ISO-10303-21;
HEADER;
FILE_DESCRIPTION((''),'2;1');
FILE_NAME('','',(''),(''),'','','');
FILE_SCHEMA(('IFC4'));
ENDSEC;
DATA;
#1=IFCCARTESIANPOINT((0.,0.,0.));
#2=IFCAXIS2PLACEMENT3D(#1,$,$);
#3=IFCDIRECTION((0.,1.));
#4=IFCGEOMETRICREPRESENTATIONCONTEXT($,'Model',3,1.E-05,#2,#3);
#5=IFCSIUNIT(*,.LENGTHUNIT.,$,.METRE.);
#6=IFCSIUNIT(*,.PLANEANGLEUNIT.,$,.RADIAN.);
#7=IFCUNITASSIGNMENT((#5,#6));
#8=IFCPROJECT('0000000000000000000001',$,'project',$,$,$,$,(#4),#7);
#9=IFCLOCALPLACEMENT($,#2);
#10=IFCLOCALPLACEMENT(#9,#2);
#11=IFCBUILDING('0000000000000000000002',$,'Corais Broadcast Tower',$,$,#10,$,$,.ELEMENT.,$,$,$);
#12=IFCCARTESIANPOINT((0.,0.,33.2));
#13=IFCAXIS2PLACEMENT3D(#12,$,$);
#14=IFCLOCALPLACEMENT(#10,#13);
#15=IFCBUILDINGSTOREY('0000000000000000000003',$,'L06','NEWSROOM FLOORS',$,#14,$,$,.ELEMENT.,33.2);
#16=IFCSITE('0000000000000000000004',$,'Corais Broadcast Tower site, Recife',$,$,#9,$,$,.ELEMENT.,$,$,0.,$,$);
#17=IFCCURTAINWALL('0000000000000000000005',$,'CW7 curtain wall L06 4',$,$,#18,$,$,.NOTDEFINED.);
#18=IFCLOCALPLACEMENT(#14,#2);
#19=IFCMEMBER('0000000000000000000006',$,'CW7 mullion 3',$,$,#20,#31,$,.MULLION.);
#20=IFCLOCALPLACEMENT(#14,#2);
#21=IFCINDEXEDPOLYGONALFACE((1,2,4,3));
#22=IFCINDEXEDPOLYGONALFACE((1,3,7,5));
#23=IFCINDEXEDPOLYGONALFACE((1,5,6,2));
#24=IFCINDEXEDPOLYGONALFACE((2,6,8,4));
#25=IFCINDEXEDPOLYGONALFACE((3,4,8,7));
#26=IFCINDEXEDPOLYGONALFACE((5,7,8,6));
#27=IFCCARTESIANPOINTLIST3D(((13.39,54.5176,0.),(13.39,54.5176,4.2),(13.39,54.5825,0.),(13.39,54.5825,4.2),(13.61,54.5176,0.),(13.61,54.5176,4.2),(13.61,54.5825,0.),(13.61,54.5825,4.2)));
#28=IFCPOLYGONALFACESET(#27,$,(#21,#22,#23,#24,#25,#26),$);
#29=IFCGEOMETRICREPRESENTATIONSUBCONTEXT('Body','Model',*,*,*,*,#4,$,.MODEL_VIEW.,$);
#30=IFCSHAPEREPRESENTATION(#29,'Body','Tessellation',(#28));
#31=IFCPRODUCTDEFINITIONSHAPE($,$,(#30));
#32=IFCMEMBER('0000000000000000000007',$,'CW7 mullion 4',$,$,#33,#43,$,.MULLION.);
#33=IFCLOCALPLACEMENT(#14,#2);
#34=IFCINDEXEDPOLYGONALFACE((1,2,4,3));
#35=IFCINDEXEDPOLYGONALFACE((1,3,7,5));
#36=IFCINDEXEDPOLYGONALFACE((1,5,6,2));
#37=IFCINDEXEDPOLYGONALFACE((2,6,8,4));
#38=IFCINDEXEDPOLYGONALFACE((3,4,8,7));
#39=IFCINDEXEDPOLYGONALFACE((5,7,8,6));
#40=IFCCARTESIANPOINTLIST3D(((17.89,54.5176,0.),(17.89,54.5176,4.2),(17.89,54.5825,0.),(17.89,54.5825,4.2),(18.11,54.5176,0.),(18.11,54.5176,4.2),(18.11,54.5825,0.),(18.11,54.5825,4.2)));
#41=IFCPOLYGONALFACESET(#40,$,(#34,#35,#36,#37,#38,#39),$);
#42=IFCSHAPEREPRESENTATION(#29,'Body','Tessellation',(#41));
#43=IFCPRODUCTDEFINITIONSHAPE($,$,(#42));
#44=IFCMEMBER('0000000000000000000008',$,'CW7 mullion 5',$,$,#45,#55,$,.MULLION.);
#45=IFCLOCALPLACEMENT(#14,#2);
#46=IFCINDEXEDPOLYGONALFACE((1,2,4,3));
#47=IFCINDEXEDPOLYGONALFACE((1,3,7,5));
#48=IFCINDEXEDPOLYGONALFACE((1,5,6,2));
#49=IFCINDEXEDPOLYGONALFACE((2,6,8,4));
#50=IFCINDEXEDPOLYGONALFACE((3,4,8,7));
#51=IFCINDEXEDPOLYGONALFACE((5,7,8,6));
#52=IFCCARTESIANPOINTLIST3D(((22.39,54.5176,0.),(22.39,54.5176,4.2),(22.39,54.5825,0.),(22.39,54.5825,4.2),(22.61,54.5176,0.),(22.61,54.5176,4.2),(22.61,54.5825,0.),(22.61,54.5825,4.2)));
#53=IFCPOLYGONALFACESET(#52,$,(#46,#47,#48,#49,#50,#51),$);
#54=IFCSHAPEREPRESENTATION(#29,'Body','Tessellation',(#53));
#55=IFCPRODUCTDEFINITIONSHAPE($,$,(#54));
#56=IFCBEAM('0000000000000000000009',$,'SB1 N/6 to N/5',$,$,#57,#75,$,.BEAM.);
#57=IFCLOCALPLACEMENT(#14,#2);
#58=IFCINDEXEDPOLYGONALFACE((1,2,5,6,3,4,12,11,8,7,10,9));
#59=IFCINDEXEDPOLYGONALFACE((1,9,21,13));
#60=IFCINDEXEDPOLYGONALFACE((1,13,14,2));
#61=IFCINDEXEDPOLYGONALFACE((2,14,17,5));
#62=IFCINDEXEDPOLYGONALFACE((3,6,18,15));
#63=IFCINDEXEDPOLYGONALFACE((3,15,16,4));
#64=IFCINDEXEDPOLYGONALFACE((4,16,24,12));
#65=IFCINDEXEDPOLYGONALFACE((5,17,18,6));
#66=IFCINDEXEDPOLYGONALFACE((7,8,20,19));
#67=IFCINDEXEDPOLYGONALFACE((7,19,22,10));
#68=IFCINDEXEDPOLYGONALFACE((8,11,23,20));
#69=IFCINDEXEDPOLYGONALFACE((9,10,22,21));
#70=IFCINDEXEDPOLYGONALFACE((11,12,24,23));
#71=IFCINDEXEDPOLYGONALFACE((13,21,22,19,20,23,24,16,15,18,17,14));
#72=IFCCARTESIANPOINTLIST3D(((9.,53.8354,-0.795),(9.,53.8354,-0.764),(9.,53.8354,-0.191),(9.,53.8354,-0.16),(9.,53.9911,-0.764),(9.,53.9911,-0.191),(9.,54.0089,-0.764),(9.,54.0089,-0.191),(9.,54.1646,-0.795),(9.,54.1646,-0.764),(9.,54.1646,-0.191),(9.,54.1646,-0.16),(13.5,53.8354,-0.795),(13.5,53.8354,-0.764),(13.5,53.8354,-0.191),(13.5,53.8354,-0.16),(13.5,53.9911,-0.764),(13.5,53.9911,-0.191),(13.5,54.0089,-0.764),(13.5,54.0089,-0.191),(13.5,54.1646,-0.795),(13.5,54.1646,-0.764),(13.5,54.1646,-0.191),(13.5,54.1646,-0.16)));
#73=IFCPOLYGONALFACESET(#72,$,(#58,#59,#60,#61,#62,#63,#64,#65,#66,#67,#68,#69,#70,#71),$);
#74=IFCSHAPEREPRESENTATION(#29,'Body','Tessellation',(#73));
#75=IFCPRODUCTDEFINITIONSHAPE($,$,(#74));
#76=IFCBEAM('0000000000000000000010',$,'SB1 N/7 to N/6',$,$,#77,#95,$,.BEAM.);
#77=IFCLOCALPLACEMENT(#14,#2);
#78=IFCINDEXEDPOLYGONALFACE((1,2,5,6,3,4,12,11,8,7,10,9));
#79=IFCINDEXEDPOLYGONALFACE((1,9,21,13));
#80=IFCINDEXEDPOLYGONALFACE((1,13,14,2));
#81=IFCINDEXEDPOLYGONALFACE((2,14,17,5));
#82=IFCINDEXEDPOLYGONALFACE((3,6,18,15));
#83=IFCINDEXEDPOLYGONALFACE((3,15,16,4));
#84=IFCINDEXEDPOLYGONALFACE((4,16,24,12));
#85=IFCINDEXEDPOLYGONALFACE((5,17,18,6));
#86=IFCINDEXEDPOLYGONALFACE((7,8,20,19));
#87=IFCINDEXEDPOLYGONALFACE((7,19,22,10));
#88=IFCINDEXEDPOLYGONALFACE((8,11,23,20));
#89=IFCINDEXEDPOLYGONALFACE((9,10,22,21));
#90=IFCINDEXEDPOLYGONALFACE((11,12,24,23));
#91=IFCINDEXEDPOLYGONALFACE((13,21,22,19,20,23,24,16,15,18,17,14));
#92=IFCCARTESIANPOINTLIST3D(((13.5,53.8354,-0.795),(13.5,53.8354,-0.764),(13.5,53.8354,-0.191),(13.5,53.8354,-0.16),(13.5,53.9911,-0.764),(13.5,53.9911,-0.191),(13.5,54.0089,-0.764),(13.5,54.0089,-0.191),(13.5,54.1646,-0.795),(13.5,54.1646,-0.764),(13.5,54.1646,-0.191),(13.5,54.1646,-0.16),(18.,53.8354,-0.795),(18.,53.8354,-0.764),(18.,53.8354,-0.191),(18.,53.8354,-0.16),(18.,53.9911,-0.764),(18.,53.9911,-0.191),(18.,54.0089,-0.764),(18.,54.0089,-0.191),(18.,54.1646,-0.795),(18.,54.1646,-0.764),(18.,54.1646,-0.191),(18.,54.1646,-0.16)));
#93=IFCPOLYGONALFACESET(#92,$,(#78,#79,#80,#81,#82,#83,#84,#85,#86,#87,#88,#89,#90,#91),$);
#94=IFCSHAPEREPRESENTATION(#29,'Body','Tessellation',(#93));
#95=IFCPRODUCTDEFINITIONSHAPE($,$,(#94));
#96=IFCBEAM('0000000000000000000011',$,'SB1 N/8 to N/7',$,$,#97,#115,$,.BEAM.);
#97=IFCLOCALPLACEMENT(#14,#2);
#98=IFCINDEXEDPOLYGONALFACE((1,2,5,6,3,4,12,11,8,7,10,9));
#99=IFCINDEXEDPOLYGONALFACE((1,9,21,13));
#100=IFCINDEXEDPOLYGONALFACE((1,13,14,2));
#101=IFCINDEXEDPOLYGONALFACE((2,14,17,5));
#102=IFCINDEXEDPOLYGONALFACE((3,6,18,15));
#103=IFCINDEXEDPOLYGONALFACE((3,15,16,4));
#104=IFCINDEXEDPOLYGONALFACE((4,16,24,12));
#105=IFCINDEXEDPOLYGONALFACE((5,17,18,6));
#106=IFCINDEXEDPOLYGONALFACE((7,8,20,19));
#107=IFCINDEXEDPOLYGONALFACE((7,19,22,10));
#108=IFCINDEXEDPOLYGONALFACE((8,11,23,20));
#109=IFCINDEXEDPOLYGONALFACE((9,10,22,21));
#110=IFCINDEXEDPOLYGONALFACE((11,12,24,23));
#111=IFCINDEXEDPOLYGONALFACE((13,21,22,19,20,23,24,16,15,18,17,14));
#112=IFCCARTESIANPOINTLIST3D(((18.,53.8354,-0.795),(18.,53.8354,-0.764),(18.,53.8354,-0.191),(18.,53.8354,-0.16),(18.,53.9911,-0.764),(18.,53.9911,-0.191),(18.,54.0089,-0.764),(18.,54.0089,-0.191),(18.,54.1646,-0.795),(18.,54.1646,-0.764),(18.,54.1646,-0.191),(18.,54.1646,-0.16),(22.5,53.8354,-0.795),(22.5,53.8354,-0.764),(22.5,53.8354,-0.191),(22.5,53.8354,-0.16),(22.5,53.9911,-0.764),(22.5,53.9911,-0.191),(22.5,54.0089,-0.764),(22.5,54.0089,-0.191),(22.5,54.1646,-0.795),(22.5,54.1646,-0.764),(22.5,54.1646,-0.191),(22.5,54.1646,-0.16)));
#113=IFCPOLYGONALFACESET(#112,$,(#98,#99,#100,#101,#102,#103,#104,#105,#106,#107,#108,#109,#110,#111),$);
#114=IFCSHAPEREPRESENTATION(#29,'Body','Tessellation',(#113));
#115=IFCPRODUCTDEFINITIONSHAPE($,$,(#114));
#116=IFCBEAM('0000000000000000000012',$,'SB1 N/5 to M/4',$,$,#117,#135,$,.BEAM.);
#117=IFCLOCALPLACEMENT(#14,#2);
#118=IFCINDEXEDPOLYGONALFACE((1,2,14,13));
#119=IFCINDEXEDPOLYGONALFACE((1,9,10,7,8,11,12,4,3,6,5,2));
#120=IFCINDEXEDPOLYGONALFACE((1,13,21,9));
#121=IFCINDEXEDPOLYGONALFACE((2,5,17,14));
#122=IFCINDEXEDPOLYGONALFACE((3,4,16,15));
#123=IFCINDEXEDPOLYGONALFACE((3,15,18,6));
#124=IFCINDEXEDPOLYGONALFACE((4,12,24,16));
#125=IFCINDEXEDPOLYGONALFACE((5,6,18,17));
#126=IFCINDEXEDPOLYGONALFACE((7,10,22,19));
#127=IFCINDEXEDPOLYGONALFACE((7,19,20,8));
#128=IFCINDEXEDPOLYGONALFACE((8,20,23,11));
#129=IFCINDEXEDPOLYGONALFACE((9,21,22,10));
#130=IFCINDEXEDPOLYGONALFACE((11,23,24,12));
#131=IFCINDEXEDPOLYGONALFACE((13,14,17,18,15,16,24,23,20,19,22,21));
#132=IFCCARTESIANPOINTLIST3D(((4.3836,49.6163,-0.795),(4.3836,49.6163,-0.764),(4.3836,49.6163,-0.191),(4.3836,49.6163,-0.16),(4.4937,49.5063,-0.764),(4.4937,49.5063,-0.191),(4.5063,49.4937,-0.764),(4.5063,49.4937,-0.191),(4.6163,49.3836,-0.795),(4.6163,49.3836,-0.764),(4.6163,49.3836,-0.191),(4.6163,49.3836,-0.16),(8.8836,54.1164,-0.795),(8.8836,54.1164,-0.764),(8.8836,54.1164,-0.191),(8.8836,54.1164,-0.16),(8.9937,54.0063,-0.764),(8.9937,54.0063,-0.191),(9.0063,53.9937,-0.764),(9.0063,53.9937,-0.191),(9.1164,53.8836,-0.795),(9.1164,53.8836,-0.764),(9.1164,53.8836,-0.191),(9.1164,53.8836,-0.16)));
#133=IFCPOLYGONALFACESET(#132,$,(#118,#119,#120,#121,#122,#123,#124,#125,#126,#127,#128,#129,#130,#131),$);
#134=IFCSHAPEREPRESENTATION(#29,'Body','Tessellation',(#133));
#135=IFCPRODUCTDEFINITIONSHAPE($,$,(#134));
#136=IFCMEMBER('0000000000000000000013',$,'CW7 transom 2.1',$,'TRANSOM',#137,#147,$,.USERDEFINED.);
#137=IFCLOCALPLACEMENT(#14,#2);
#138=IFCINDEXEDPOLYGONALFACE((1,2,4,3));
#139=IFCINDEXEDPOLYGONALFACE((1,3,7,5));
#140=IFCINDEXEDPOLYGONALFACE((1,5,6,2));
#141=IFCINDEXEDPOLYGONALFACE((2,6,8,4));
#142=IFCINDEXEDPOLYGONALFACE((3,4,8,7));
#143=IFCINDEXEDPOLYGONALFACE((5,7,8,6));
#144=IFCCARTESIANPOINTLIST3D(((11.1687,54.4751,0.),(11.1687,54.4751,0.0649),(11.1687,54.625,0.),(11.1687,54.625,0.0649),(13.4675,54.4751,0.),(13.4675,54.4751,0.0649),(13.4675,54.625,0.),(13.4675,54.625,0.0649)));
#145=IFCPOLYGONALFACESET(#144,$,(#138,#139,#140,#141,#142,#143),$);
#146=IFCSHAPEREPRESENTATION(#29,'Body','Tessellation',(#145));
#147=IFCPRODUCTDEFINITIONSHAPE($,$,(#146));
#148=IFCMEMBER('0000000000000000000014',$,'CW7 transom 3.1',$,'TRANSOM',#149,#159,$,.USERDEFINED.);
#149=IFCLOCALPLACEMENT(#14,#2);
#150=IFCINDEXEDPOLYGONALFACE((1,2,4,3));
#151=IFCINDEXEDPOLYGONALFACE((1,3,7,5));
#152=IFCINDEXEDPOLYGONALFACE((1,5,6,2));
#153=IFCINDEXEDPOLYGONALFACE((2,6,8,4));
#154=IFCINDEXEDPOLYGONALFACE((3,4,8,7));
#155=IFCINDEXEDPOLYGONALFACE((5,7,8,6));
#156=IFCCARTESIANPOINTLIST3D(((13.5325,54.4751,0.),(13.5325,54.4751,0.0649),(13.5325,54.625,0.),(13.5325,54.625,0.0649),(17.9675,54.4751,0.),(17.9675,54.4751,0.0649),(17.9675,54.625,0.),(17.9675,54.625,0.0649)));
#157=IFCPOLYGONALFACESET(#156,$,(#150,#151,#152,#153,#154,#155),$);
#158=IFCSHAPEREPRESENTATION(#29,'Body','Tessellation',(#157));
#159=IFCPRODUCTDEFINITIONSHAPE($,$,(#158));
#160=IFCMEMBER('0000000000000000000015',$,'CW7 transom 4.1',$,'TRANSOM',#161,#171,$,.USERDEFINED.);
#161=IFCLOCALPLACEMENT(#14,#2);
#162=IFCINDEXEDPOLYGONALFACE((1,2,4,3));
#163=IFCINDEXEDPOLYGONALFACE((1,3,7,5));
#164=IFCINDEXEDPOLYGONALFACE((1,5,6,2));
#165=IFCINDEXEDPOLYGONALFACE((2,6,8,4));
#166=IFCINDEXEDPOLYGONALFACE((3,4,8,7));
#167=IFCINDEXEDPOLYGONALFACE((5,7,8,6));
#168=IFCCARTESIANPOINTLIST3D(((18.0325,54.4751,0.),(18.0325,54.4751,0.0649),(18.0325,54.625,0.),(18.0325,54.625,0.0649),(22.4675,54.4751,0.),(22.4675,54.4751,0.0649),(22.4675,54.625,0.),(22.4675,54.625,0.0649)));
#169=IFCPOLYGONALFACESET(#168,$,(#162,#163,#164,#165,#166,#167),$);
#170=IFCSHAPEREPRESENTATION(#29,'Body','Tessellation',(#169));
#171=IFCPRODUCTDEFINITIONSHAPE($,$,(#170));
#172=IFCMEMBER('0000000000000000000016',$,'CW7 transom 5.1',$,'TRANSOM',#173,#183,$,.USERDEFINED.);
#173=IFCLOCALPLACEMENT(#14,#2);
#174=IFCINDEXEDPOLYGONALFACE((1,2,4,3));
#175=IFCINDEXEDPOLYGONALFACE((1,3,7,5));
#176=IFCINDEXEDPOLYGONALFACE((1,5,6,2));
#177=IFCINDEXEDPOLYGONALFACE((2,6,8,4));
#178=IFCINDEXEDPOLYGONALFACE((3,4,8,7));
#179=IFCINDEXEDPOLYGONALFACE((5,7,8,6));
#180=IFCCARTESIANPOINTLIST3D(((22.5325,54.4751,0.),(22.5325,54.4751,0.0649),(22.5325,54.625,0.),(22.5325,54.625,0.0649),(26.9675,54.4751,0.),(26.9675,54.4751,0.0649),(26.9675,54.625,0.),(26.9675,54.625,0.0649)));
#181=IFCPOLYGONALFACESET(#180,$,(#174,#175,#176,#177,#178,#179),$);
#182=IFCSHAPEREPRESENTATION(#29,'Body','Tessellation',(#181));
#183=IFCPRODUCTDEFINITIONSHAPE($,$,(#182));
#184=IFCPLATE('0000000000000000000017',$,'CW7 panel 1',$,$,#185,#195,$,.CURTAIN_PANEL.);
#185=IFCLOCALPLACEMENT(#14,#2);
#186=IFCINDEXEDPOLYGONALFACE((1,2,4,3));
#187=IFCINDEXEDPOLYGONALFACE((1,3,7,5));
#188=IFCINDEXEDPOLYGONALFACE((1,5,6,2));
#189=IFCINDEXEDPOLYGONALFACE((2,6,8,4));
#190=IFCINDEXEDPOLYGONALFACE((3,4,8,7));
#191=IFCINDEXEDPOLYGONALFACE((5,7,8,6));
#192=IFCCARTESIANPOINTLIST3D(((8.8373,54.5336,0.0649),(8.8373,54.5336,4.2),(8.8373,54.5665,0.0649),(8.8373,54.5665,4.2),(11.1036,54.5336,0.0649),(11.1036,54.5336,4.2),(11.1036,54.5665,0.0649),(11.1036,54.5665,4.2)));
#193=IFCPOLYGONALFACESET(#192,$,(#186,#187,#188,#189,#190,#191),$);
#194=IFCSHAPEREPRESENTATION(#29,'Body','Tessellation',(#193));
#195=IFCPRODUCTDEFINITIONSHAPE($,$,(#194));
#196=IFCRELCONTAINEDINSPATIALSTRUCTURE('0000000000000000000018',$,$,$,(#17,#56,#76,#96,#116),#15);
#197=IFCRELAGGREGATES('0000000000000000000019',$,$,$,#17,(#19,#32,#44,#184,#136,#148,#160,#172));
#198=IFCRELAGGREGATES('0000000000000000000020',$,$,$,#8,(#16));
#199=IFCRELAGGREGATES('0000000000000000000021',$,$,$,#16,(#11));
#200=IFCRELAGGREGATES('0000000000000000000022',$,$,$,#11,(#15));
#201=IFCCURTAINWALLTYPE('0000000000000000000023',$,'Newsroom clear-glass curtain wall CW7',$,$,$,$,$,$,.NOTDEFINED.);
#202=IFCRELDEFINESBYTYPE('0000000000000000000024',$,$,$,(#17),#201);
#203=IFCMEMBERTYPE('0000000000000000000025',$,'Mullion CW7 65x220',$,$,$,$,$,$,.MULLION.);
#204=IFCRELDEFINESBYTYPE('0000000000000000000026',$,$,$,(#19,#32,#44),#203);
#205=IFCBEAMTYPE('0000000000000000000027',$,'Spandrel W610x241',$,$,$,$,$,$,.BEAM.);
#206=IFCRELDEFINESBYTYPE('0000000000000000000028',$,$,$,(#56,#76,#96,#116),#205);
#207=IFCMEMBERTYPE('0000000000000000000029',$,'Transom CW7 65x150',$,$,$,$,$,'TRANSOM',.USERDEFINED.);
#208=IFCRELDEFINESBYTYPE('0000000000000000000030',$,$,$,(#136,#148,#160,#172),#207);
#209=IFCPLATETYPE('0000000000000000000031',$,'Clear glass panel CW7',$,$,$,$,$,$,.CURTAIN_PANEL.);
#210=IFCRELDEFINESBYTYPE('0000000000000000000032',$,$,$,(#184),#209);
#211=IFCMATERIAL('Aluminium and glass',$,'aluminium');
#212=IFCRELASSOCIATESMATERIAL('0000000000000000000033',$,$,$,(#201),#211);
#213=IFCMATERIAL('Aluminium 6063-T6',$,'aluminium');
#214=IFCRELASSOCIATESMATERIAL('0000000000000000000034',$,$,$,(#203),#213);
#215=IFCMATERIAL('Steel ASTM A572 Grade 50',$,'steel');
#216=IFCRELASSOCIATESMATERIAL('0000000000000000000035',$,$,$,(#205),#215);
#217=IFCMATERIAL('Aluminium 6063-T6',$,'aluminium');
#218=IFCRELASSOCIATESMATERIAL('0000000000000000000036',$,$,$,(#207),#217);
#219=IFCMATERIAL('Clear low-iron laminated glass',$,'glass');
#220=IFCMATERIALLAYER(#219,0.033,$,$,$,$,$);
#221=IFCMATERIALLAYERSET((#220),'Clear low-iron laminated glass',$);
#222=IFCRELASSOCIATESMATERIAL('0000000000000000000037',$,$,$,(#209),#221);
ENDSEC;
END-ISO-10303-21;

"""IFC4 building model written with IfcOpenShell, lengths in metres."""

from ifc_helpers import new_model, si_unit, direction, frame, origin, origin_2d, place, context, subcontext, project, spatial, rectangle, i_section, extrude, material, layer, layer_set, material_profile, profile_set, type_object, element, aggregate, save


model = new_model("IFC4")

# Units and contexts
model_context = context("Model", 3, precision=1e-05, world=origin(), true_north=direction((0.0, 1.0)))
body_context = subcontext(model_context, "Body", "Model", "MODEL_VIEW")
ifc_project = project(units=[si_unit("LENGTHUNIT", "METRE"), si_unit("PLANEANGLEUNIT", "RADIAN")], contexts=[model_context])

# Site, building, storey
site_placement = place(None, origin())
site = spatial("IfcSite", under=ifc_project, at=site_placement, Name="Corais Broadcast Tower site, Recife", CompositionType="ELEMENT", RefElevation=0.0)
building_placement = place(site_placement, origin())
building = spatial("IfcBuilding", under=site, at=building_placement, Name="Corais Broadcast Tower", CompositionType="ELEMENT")
storey_placement = place(building_placement, frame((0.0, 0.0, 33.2)))
storey = spatial("IfcBuildingStorey", under=building, at=storey_placement, Name="L06", Description="NEWSROOM FLOORS", CompositionType="ELEMENT", Elevation=33.2)

# Curtain wall, members
ifc_material_1 = material(Name="Aluminium and glass", Category="aluminium")
curtain_wall_type = type_object("IfcCurtainWallType", Name="Newsroom clear-glass curtain wall CW7", PredefinedType="NOTDEFINED", material=ifc_material_1)
curtain_wall_placement = place(storey_placement, origin())
curtain_wall = element("IfcCurtainWall", 1, at=curtain_wall_placement, inside=storey, type_object=curtain_wall_type, Name="CW7 curtain wall L06 4", PredefinedType="NOTDEFINED")
ifc_material_2 = material(Name="Aluminium 6063-T6", Category="aluminium")
ifc_material_profile_1 = material_profile(ifc_material_2, rectangle(XDim=0.0649, YDim=0.22, at=origin_2d()), Name="Mullion CW7 65x220")
ifc_profile_set_1 = profile_set([ifc_material_profile_1], Name="Aluminium 6063-T6")
member_type_1 = type_object("IfcMemberType", Name="Mullion CW7 65x220", PredefinedType="MULLION", material=ifc_profile_set_1)
member_1_placement = place(storey_placement, frame((13.5, 54.55, 0.0), z_axis=(0.0, 0.0, 1.0), x_axis=(0.0, 1.0, 0.0)))
member_1 = element("IfcMember", 2, at=member_1_placement, type_object=member_type_1, Name="CW7 mullion 3", PredefinedType="MULLION", context=body_context, shape_type="SweptSolid", body=[
    extrude(rectangle(XDim=0.0649, YDim=0.22, at=origin_2d()), origin(), (0.0, 0.0, 1.0), 4.2),
])
member_2_placement = place(storey_placement, frame((18.0, 54.55, 0.0), z_axis=(0.0, 0.0, 1.0), x_axis=(0.0, 1.0, 0.0)))
member_2 = element("IfcMember", 3, at=member_2_placement, type_object=member_type_1, Name="CW7 mullion 4", PredefinedType="MULLION", context=body_context, shape_type="SweptSolid", body=[
    extrude(rectangle(XDim=0.0649, YDim=0.22, at=origin_2d()), origin(), (0.0, 0.0, 1.0), 4.2),
])
member_3_placement = place(storey_placement, frame((22.5, 54.55, 0.0), z_axis=(0.0, 0.0, 1.0), x_axis=(0.0, 1.0, 0.0)))
member_3 = element("IfcMember", 4, at=member_3_placement, type_object=member_type_1, Name="CW7 mullion 5", PredefinedType="MULLION", context=body_context, shape_type="SweptSolid", body=[
    extrude(rectangle(XDim=0.0649, YDim=0.22, at=origin_2d()), origin(), (0.0, 0.0, 1.0), 4.2),
])

# Beams
ifc_material_3 = material(Name="Steel ASTM A572 Grade 50", Category="steel")
ifc_material_profile_2 = material_profile(ifc_material_3, i_section(OverallWidth=0.3291, OverallDepth=0.635, WebThickness=0.0178, FlangeThickness=0.031, at=origin_2d()), Name="W610x241")
ifc_profile_set_2 = profile_set([ifc_material_profile_2], Name="Steel ASTM A572 Grade 50")
beam_type_1 = type_object("IfcBeamType", Name="Spandrel W610x241", PredefinedType="BEAM", material=ifc_profile_set_2)
for number, where, z_axis, x_axis, name in (
    (5, (13.5, 54.0, -0.4775), (-1.0, 0.0, 0.0), (0.0, -1.0, 0.0), "SB1 N/6 to N/5"),
    (6, (18.0, 54.0, -0.4775), (-1.0, 0.0, 0.0), (0.0, -1.0, 0.0), "SB1 N/7 to N/6"),
    (7, (22.5, 54.0, -0.4775), (-1.0, 0.0, 0.0), (0.0, -1.0, 0.0), "SB1 N/8 to N/7"),
):
    element("IfcBeam", number, at=place(storey_placement, frame(where, z_axis=z_axis, x_axis=x_axis)), inside=storey, type_object=beam_type_1, Name=name, PredefinedType="BEAM", context=body_context, shape_type="SweptSolid", body=[
        extrude(i_section(OverallWidth=0.3291, OverallDepth=0.635, WebThickness=0.0178, FlangeThickness=0.031, at=origin_2d()), origin(), (0.0, 0.0, 1.0), 4.5),
    ])
beam_1_placement = place(storey_placement, frame((9.0, 54.0, -0.4775), z_axis=(-0.707107, -0.707107, 0.0), x_axis=(0.707107, -0.707107, 0.0)))
element("IfcBeam", 8, at=beam_1_placement, inside=storey, type_object=beam_type_1, Name="SB1 N/5 to M/4", PredefinedType="BEAM", context=body_context, shape_type="SweptSolid", body=[
    extrude(i_section(OverallWidth=0.3291, OverallDepth=0.635, WebThickness=0.0178, FlangeThickness=0.031, at=origin_2d()), origin(), (0.0, 0.0, 1.0), 6.364),
])

# Members
ifc_material_4 = material(Name="Aluminium 6063-T6", Category="aluminium")
ifc_material_profile_3 = material_profile(ifc_material_4, rectangle(XDim=0.1499, YDim=0.0649, at=origin_2d()), Name="Transom CW7 65x150")
ifc_profile_set_3 = profile_set([ifc_material_profile_3], Name="Aluminium 6063-T6")
member_type_2 = type_object("IfcMemberType", Name="Transom CW7 65x150", ElementType="TRANSOM", PredefinedType="USERDEFINED", material=ifc_profile_set_3)
member_4_placement = place(storey_placement, frame((11.1687, 54.55, 0.0325), z_axis=(1.0, 0.0, 0.0), x_axis=(0.0, 1.0, 0.0)))
member_4 = element("IfcMember", 9, at=member_4_placement, type_object=member_type_2, Name="CW7 transom 2.1", ObjectType="TRANSOM", PredefinedType="USERDEFINED", context=body_context, shape_type="SweptSolid", body=[
    extrude(rectangle(XDim=0.1499, YDim=0.0649, at=origin_2d()), origin(), (0.0, 0.0, 1.0), 2.2988),
])
member_5_placement = place(storey_placement, frame((13.5325, 54.55, 0.0325), z_axis=(1.0, 0.0, 0.0), x_axis=(0.0, 1.0, 0.0)))
member_5 = element("IfcMember", 10, at=member_5_placement, type_object=member_type_2, Name="CW7 transom 3.1", ObjectType="TRANSOM", PredefinedType="USERDEFINED", context=body_context, shape_type="SweptSolid", body=[
    extrude(rectangle(XDim=0.1499, YDim=0.0649, at=origin_2d()), origin(), (0.0, 0.0, 1.0), 4.4351),
])
member_6_placement = place(storey_placement, frame((18.0325, 54.55, 0.0325), z_axis=(1.0, 0.0, 0.0), x_axis=(0.0, 1.0, 0.0)))
member_6 = element("IfcMember", 11, at=member_6_placement, type_object=member_type_2, Name="CW7 transom 4.1", ObjectType="TRANSOM", PredefinedType="USERDEFINED", context=body_context, shape_type="SweptSolid", body=[
    extrude(rectangle(XDim=0.1499, YDim=0.0649, at=origin_2d()), origin(), (0.0, 0.0, 1.0), 4.4351),
])
member_7_placement = place(storey_placement, frame((22.5325, 54.55, 0.0325), z_axis=(1.0, 0.0, 0.0), x_axis=(0.0, 1.0, 0.0)))
member_7 = element("IfcMember", 12, at=member_7_placement, type_object=member_type_2, Name="CW7 transom 5.1", ObjectType="TRANSOM", PredefinedType="USERDEFINED", context=body_context, shape_type="SweptSolid", body=[
    extrude(rectangle(XDim=0.1499, YDim=0.0649, at=origin_2d()), origin(), (0.0, 0.0, 1.0), 4.4351),
])

# Plate
ifc_material_5 = material(Name="Clear low-iron laminated glass", Category="glass")
ifc_layer_1 = layer(ifc_material_5, 0.033)
ifc_layer_set_1 = layer_set([ifc_layer_1], Name="Clear low-iron laminated glass")
plate_type_1 = type_object("IfcPlateType", Name="Clear glass panel CW7", PredefinedType="CURTAIN_PANEL", material=ifc_layer_set_1)
plate_1_placement = place(storey_placement, frame((9.9705, 54.55, 0.0649), z_axis=(0.0, 0.0, 1.0), x_axis=(1.0, 0.0, 0.0)))
plate_1 = element("IfcPlate", 13, at=plate_1_placement, type_object=plate_type_1, Name="CW7 panel 1", PredefinedType="CURTAIN_PANEL", context=body_context, shape_type="SweptSolid", body=[
    extrude(rectangle(XDim=2.2664, YDim=0.033, at=origin_2d()), origin(), (0.0, 0.0, 1.0), 4.135),
])
aggregate(curtain_wall, [member_1, member_2, member_3, plate_1, member_4, member_5, member_6, member_7])

save(model, "model.ifc")
